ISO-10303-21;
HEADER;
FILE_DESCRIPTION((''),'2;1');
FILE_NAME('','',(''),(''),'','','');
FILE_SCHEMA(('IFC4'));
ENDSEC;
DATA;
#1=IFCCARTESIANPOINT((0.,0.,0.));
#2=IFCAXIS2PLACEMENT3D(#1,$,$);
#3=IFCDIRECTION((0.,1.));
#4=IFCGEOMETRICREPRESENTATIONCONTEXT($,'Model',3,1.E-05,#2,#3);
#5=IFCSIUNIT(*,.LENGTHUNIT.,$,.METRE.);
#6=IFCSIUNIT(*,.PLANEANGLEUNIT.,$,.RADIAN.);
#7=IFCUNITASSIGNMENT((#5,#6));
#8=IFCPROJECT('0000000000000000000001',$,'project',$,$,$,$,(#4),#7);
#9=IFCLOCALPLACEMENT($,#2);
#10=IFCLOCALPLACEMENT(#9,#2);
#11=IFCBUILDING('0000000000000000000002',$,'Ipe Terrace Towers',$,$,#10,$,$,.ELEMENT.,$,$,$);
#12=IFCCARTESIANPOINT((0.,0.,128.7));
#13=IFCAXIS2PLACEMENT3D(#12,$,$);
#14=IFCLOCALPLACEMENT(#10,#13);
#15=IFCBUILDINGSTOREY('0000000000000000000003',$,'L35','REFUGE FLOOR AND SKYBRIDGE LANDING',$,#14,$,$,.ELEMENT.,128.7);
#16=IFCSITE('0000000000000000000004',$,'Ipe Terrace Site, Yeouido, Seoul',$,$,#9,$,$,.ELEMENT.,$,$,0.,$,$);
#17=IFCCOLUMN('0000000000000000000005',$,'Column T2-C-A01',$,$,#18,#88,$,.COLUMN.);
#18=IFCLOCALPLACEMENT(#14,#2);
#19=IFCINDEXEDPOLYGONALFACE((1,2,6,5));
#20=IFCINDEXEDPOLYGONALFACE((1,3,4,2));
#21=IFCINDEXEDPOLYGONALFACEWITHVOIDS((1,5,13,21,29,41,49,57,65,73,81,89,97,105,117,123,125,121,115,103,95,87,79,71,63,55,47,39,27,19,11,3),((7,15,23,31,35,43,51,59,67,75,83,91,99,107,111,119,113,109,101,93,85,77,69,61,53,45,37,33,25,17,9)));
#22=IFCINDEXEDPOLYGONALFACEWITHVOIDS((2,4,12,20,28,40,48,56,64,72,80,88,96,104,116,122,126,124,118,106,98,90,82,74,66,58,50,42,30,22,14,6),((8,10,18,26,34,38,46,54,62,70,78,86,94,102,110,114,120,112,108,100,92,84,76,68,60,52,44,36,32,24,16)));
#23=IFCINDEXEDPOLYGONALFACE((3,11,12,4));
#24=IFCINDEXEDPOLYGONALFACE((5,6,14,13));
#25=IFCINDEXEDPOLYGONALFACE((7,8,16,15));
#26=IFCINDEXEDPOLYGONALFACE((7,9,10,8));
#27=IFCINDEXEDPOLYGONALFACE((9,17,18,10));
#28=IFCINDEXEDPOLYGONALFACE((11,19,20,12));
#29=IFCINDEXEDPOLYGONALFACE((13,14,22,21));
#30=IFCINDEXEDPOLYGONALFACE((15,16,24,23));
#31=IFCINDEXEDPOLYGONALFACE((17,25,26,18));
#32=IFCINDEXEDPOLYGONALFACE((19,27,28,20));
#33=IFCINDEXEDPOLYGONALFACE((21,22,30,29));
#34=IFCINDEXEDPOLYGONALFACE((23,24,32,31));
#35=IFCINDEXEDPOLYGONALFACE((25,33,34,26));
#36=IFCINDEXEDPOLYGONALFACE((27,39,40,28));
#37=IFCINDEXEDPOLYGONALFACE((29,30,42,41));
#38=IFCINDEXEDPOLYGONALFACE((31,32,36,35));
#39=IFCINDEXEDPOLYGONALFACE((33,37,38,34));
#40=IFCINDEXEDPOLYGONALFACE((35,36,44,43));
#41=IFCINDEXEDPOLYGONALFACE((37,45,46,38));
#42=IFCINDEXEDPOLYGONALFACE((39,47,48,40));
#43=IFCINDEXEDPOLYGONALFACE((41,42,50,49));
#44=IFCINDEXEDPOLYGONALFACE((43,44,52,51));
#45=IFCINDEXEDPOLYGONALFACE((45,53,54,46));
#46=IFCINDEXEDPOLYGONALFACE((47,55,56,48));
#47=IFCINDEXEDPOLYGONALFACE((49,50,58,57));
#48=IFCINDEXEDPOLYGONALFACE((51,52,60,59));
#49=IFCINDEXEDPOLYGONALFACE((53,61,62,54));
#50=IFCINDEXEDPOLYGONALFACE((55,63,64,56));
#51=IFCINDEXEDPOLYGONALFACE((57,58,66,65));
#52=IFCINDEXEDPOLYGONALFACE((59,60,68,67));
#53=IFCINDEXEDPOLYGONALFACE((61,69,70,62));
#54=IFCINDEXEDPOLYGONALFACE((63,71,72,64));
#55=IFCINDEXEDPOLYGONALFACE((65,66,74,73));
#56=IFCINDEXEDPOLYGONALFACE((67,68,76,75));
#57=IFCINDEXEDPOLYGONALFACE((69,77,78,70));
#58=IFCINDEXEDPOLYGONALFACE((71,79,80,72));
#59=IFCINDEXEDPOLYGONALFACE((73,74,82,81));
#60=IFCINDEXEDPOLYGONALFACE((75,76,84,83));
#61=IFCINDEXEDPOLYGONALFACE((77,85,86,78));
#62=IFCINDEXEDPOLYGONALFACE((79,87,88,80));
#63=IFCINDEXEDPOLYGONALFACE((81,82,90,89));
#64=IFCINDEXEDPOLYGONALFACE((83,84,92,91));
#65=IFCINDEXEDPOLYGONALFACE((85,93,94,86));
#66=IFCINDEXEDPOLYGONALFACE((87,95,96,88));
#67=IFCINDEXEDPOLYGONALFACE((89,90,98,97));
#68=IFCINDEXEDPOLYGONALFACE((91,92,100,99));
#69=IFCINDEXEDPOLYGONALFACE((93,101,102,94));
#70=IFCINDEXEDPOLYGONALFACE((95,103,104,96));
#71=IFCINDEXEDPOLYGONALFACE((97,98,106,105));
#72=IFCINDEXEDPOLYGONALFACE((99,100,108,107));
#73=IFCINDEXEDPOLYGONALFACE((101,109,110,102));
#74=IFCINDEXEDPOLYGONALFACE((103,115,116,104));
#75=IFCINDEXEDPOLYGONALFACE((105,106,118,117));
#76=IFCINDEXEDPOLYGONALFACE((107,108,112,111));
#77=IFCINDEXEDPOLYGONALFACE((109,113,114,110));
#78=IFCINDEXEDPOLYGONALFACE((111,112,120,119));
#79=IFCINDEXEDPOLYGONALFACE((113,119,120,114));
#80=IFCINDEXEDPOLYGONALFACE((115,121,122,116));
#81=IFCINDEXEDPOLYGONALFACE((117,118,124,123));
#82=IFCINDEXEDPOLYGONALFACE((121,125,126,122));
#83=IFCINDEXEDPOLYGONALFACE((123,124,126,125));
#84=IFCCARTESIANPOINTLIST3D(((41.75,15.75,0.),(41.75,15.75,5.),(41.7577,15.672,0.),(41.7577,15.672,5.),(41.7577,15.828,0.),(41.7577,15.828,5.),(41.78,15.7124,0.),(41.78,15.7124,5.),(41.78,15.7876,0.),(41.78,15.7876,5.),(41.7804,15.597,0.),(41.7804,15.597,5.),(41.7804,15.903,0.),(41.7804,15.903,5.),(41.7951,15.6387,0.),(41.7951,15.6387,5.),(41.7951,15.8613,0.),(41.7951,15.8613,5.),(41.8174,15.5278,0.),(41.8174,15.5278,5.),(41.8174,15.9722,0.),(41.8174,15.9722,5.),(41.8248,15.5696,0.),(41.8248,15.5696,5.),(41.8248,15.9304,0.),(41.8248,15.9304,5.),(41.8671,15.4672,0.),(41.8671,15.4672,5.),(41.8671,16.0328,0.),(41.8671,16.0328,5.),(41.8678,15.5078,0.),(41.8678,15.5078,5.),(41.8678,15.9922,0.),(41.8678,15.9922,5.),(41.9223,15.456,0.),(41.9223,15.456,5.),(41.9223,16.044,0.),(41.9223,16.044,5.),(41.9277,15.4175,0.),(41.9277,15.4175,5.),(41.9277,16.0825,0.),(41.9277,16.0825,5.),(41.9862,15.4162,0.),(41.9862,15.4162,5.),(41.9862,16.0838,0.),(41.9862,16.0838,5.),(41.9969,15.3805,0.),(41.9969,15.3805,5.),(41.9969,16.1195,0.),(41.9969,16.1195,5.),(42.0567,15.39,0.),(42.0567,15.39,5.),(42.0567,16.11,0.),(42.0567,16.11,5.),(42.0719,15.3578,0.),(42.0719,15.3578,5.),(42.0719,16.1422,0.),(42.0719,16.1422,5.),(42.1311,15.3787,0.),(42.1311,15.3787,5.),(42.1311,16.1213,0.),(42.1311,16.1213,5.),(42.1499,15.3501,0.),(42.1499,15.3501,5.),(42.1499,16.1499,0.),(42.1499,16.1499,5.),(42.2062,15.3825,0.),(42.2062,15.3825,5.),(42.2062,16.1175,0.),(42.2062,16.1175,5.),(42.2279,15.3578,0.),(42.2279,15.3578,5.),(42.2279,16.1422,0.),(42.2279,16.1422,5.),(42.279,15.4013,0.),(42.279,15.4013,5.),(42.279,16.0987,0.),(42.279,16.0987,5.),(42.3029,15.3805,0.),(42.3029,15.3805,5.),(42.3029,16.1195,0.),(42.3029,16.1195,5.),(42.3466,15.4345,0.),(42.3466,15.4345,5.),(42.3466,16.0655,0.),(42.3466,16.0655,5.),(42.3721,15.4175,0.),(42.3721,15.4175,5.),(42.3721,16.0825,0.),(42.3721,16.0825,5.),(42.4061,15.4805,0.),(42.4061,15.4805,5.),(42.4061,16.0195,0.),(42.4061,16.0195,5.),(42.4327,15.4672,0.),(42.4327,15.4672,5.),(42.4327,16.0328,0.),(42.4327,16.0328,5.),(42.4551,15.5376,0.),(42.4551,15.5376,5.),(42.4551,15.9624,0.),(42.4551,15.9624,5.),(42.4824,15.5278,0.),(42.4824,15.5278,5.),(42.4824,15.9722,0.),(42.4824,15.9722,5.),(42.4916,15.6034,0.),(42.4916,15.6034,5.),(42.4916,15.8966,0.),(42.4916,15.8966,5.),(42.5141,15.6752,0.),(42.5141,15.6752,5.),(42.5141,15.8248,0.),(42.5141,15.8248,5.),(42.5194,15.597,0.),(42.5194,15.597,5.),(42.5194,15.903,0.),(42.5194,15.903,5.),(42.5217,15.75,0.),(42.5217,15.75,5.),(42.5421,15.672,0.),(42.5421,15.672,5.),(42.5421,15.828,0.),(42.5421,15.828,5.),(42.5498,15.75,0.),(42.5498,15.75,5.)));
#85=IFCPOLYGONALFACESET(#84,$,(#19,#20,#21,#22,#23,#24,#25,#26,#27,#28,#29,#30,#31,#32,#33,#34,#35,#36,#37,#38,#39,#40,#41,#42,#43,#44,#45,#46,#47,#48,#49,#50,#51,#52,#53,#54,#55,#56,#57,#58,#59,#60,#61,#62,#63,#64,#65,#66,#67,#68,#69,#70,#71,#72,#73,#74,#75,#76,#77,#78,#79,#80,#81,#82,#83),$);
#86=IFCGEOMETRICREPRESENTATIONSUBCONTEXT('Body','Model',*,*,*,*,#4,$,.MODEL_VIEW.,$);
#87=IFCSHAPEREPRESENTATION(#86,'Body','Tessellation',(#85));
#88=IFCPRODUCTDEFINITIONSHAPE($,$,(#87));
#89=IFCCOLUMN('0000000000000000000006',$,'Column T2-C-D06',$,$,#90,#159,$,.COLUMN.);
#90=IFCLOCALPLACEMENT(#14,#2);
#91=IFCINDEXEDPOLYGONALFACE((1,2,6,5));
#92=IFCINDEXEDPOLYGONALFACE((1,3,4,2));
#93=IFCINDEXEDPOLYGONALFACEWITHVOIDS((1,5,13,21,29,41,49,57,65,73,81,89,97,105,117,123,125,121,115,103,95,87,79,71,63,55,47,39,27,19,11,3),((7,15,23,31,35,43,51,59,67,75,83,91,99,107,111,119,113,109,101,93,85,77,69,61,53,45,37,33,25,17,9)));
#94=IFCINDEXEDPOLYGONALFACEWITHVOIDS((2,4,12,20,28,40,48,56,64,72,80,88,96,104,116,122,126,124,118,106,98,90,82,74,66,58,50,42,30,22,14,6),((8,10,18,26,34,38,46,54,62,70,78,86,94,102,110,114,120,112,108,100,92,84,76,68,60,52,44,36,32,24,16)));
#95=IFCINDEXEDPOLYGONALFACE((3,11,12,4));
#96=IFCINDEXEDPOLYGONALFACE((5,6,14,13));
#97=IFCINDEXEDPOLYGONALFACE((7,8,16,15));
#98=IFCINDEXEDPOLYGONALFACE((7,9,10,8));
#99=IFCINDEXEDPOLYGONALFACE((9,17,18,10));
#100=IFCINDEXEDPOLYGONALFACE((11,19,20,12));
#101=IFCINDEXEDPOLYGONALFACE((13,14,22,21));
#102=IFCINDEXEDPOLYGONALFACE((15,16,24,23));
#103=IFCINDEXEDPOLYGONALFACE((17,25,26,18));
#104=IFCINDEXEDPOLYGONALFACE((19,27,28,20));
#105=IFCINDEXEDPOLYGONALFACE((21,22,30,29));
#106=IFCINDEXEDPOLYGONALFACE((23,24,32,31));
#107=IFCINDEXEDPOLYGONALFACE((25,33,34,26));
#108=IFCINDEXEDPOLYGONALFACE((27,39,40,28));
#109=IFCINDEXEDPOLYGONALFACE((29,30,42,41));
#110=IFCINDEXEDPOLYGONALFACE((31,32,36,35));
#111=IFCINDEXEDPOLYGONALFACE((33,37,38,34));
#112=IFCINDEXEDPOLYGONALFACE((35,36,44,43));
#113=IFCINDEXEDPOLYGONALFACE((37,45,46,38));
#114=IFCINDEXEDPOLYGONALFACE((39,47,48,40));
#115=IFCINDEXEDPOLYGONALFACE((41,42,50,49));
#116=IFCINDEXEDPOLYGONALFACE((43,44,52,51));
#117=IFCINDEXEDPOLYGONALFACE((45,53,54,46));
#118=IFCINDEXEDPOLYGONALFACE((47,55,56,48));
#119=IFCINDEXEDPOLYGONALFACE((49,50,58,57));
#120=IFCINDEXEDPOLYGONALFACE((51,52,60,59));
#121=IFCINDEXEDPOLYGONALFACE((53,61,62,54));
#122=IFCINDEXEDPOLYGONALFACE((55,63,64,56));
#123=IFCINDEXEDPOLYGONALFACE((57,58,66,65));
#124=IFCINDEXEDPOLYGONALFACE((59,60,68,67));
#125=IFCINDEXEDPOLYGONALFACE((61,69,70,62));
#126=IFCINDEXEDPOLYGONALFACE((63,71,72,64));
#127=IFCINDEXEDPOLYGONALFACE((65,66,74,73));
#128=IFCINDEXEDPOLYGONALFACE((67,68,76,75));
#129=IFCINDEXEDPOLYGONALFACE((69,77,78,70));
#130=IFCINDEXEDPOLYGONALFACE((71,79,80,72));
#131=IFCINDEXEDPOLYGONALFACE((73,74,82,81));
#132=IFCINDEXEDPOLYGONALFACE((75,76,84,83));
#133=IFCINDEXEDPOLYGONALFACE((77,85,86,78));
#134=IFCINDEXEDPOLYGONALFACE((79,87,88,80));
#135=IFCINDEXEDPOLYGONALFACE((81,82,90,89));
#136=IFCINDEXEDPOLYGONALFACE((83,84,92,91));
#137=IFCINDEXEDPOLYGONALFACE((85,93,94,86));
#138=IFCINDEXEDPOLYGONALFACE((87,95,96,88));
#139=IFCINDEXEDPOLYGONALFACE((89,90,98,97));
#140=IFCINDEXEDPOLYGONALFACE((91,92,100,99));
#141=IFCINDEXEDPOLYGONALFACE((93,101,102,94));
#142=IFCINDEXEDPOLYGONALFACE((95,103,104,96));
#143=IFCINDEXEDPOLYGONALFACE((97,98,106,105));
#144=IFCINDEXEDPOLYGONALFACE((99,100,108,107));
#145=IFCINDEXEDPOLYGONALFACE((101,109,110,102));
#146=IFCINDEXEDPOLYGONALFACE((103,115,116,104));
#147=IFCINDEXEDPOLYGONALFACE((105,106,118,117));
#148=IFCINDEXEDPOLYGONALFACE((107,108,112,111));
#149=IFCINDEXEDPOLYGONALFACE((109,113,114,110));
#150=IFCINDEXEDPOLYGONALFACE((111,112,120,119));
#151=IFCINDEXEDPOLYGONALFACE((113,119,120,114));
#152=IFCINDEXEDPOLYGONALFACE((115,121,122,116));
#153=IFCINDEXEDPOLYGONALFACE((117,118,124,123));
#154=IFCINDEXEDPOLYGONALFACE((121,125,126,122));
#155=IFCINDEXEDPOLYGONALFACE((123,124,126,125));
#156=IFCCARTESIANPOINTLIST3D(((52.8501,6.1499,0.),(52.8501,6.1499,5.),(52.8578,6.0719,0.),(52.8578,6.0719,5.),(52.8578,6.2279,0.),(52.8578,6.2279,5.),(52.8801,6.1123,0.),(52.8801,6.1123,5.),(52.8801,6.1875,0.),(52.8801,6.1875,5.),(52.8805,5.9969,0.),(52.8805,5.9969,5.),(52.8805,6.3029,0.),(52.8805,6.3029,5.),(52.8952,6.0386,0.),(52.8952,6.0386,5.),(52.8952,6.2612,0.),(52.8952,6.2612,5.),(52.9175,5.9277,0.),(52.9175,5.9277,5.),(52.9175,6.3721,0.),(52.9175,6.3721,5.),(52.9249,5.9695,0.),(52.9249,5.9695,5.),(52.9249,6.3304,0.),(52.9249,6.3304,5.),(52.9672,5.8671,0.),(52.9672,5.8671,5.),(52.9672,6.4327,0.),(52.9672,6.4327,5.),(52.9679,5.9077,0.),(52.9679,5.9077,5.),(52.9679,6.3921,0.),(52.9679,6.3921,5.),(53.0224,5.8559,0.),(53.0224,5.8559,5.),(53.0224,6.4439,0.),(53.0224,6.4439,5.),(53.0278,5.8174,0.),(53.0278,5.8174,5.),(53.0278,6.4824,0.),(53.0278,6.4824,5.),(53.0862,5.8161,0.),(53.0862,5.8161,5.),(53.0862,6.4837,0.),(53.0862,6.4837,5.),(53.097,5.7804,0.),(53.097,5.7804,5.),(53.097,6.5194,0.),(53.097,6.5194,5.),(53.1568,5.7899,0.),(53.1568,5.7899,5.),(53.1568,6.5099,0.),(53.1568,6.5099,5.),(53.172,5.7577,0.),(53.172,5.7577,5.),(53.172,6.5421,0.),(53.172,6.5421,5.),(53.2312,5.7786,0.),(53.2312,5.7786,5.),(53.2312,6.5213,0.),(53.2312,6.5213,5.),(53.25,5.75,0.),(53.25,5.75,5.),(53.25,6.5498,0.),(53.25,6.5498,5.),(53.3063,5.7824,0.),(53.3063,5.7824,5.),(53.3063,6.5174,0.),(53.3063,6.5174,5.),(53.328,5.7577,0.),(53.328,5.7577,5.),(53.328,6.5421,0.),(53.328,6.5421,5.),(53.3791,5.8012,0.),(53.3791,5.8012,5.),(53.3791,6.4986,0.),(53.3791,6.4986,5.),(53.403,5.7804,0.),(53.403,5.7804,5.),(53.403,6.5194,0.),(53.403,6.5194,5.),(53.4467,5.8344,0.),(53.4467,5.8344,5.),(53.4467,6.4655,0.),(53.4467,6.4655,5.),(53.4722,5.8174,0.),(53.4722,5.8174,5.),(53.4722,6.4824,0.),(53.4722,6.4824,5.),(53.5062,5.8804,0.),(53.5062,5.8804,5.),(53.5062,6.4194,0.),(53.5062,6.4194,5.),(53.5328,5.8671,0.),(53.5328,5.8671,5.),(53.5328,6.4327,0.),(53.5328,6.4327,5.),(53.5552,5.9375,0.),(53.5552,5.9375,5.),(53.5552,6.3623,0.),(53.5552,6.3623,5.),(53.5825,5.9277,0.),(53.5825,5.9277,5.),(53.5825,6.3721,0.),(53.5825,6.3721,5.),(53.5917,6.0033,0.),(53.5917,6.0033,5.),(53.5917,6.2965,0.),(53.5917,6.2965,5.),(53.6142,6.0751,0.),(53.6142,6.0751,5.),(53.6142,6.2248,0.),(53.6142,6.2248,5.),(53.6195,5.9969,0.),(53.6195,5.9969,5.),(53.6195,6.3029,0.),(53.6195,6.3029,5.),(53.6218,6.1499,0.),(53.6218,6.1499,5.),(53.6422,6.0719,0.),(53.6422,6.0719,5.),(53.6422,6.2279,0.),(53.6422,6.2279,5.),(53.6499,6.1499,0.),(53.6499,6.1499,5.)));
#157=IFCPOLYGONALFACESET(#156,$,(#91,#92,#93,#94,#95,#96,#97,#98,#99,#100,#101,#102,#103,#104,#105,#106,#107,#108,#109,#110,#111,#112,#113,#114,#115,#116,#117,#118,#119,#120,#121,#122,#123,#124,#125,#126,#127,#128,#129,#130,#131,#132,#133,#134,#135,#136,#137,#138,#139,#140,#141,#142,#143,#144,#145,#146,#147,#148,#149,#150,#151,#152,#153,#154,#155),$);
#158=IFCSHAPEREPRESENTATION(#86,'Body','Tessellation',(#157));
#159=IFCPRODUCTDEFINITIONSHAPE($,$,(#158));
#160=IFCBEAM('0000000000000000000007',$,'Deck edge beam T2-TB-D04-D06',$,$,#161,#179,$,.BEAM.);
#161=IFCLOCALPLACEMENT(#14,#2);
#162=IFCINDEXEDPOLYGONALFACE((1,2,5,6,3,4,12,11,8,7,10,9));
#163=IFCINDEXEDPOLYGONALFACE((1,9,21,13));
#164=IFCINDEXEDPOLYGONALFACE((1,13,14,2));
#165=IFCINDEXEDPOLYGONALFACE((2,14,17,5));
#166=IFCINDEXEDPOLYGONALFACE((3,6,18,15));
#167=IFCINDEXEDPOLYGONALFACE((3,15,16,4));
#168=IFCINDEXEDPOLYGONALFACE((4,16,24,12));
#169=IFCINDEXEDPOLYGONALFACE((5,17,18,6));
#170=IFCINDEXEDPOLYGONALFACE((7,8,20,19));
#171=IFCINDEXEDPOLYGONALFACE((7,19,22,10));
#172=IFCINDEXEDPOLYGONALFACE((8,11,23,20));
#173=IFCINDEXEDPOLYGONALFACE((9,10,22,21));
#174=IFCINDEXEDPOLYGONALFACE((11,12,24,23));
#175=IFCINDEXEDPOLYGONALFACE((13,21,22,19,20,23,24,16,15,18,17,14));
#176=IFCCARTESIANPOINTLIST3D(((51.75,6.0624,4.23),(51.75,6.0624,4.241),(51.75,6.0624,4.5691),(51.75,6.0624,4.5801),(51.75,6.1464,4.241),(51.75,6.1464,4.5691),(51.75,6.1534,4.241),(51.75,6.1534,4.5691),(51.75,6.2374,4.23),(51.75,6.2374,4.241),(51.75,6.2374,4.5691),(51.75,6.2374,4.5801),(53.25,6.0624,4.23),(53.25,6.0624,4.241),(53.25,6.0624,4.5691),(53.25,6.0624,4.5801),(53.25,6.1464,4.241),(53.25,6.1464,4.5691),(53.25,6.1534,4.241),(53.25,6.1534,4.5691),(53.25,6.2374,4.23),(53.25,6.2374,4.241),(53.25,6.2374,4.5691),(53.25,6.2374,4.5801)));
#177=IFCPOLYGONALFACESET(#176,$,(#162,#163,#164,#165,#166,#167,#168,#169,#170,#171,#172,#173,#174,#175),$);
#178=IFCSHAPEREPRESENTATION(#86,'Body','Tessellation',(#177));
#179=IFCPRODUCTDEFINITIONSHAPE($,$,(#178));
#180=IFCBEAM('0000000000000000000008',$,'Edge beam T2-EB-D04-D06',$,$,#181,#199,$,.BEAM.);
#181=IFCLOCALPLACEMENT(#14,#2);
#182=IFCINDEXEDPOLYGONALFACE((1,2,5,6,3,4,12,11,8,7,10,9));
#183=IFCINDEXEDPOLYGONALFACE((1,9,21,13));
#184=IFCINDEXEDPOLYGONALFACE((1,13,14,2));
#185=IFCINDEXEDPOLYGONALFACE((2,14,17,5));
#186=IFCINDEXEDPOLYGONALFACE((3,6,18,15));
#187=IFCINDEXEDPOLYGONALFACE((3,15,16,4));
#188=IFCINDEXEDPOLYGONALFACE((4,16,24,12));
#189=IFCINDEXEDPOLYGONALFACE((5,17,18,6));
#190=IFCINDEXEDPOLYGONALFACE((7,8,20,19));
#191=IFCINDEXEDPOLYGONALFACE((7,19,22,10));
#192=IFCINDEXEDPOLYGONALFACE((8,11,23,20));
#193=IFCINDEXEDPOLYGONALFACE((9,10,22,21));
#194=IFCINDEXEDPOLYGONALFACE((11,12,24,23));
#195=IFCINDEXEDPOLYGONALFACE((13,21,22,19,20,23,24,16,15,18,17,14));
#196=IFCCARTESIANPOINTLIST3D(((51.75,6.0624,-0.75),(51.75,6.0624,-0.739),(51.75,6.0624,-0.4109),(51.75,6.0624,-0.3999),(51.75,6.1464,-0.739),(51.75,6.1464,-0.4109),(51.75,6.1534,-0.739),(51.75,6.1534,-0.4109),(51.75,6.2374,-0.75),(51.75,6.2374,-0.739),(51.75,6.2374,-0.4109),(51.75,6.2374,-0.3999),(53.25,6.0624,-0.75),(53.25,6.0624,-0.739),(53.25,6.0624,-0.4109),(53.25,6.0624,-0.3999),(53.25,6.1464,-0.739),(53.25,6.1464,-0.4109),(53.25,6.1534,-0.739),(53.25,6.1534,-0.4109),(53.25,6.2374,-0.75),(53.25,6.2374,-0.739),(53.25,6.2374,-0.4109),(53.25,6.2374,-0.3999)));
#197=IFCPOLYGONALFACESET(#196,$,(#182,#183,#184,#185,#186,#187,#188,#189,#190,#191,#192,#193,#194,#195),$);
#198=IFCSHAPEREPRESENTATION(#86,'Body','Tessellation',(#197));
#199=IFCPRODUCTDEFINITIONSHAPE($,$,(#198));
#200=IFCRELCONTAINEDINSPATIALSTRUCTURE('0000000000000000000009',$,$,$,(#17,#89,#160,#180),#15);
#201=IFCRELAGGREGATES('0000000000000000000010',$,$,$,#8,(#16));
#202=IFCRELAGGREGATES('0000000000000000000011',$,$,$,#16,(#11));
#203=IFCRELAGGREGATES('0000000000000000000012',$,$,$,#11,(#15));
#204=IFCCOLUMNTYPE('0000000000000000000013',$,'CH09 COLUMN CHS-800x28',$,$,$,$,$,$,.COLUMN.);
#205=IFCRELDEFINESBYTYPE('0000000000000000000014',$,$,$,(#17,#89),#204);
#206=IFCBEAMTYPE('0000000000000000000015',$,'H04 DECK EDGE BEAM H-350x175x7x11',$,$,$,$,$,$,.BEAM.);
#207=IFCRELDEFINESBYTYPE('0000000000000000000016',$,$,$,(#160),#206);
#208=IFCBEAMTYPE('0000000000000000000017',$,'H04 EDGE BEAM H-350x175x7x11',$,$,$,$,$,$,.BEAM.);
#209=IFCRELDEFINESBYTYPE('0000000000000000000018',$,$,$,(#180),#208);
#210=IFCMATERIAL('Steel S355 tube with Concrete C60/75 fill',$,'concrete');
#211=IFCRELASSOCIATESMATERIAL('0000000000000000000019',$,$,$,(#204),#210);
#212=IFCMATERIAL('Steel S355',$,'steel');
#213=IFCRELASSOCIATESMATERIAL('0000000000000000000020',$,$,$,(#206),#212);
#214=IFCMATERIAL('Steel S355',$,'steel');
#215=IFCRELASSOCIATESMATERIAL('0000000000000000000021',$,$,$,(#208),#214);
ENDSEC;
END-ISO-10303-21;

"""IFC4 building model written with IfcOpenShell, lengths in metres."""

from ifc_helpers import new_model, si_unit, direction, frame, origin, origin_2d, place, context, subcontext, project, spatial, hollow_circle, i_section, extrude, material, material_profile, profile_set, type_object, element, save


model = new_model("IFC4")

# Units and contexts
model_context = context("Model", 3, precision=1e-05, world=origin(), true_north=direction((0.0, 1.0)))
body_context = subcontext(model_context, "Body", "Model", "MODEL_VIEW")
ifc_project = project(units=[si_unit("LENGTHUNIT", "METRE"), si_unit("PLANEANGLEUNIT", "RADIAN")], contexts=[model_context])

# Site, building, storey
site_placement = place(None, origin())
site = spatial("IfcSite", under=ifc_project, at=site_placement, Name="Ipe Terrace Site, Yeouido, Seoul", CompositionType="ELEMENT", RefElevation=0.0)
building_placement = place(site_placement, origin())
building = spatial("IfcBuilding", under=site, at=building_placement, Name="Ipe Terrace Towers", CompositionType="ELEMENT")
storey_placement = place(building_placement, frame((0.0, 0.0, 128.7)))
storey = spatial("IfcBuildingStorey", under=building, at=storey_placement, Name="L35", Description="REFUGE FLOOR AND SKYBRIDGE LANDING", CompositionType="ELEMENT", Elevation=128.7)

# Columns
ifc_material_1 = material(Name="Steel S355 tube with Concrete C60/75 fill", Category="concrete")
ifc_material_profile_1 = material_profile(ifc_material_1, hollow_circle(Radius=0.3999, WallThickness=0.0281, at=origin_2d()), Name="CHS-800x28")
ifc_profile_set_1 = profile_set([ifc_material_profile_1], Name="Steel S355 tube with Concrete C60/75 fill")
column_type = type_object("IfcColumnType", Name="CH09 COLUMN CHS-800x28", PredefinedType="COLUMN", material=ifc_profile_set_1)
for number, where, z_axis, x_axis, name in (
    (1, (42.1499, 15.75, 0.0), (0.0, 0.0, 1.0), (1.0, 0.0, 0.0), "Column T2-C-A01"),
    (2, (53.25, 6.1499, 0.0), (0.0, 0.0, 1.0), (1.0, 0.0, 0.0), "Column T2-C-D06"),
):
    element("IfcColumn", number, at=place(storey_placement, frame(where, z_axis=z_axis, x_axis=x_axis)), inside=storey, type_object=column_type, Name=name, PredefinedType="COLUMN", context=body_context, shape_type="SweptSolid", body=[
        extrude(hollow_circle(Radius=0.3999, WallThickness=0.0281, at=origin_2d()), origin(), (0.0, 0.0, 1.0), 5.0),
    ])

# Beams
ifc_material_2 = material(Name="Steel S355", Category="steel")
ifc_material_profile_2 = material_profile(ifc_material_2, i_section(OverallWidth=0.175, OverallDepth=0.3501, WebThickness=0.0071, FlangeThickness=0.011, at=origin_2d()), Name="H-350x175x7x11")
ifc_profile_set_2 = profile_set([ifc_material_profile_2], Name="Steel S355")
beam_type_1 = type_object("IfcBeamType", Name="H04 DECK EDGE BEAM H-350x175x7x11", PredefinedType="BEAM", material=ifc_profile_set_2)
beam_1_placement = place(storey_placement, frame((51.75, 6.1499, 4.405), z_axis=(1.0, 0.0, 0.0), x_axis=(0.0, 1.0, 0.0)))
element("IfcBeam", 3, at=beam_1_placement, inside=storey, type_object=beam_type_1, Name="Deck edge beam T2-TB-D04-D06", PredefinedType="BEAM", context=body_context, shape_type="SweptSolid", body=[
    extrude(i_section(OverallWidth=0.175, OverallDepth=0.3501, WebThickness=0.0071, FlangeThickness=0.011, at=origin_2d()), origin(), (0.0, 0.0, 1.0), 1.5),
])
ifc_material_3 = material(Name="Steel S355", Category="steel")
ifc_material_profile_3 = material_profile(ifc_material_3, i_section(OverallWidth=0.175, OverallDepth=0.3501, WebThickness=0.0071, FlangeThickness=0.011, at=origin_2d()), Name="H-350x175x7x11")
ifc_profile_set_3 = profile_set([ifc_material_profile_3], Name="Steel S355")
beam_type_2 = type_object("IfcBeamType", Name="H04 EDGE BEAM H-350x175x7x11", PredefinedType="BEAM", material=ifc_profile_set_3)
beam_2_placement = place(storey_placement, frame((51.75, 6.1499, -0.575), z_axis=(1.0, 0.0, 0.0), x_axis=(0.0, 1.0, 0.0)))
element("IfcBeam", 4, at=beam_2_placement, inside=storey, type_object=beam_type_2, Name="Edge beam T2-EB-D04-D06", PredefinedType="BEAM", context=body_context, shape_type="SweptSolid", body=[
    extrude(i_section(OverallWidth=0.175, OverallDepth=0.3501, WebThickness=0.0071, FlangeThickness=0.011, at=origin_2d()), origin(), (0.0, 0.0, 1.0), 1.5),
])

save(model, "model.ifc")
